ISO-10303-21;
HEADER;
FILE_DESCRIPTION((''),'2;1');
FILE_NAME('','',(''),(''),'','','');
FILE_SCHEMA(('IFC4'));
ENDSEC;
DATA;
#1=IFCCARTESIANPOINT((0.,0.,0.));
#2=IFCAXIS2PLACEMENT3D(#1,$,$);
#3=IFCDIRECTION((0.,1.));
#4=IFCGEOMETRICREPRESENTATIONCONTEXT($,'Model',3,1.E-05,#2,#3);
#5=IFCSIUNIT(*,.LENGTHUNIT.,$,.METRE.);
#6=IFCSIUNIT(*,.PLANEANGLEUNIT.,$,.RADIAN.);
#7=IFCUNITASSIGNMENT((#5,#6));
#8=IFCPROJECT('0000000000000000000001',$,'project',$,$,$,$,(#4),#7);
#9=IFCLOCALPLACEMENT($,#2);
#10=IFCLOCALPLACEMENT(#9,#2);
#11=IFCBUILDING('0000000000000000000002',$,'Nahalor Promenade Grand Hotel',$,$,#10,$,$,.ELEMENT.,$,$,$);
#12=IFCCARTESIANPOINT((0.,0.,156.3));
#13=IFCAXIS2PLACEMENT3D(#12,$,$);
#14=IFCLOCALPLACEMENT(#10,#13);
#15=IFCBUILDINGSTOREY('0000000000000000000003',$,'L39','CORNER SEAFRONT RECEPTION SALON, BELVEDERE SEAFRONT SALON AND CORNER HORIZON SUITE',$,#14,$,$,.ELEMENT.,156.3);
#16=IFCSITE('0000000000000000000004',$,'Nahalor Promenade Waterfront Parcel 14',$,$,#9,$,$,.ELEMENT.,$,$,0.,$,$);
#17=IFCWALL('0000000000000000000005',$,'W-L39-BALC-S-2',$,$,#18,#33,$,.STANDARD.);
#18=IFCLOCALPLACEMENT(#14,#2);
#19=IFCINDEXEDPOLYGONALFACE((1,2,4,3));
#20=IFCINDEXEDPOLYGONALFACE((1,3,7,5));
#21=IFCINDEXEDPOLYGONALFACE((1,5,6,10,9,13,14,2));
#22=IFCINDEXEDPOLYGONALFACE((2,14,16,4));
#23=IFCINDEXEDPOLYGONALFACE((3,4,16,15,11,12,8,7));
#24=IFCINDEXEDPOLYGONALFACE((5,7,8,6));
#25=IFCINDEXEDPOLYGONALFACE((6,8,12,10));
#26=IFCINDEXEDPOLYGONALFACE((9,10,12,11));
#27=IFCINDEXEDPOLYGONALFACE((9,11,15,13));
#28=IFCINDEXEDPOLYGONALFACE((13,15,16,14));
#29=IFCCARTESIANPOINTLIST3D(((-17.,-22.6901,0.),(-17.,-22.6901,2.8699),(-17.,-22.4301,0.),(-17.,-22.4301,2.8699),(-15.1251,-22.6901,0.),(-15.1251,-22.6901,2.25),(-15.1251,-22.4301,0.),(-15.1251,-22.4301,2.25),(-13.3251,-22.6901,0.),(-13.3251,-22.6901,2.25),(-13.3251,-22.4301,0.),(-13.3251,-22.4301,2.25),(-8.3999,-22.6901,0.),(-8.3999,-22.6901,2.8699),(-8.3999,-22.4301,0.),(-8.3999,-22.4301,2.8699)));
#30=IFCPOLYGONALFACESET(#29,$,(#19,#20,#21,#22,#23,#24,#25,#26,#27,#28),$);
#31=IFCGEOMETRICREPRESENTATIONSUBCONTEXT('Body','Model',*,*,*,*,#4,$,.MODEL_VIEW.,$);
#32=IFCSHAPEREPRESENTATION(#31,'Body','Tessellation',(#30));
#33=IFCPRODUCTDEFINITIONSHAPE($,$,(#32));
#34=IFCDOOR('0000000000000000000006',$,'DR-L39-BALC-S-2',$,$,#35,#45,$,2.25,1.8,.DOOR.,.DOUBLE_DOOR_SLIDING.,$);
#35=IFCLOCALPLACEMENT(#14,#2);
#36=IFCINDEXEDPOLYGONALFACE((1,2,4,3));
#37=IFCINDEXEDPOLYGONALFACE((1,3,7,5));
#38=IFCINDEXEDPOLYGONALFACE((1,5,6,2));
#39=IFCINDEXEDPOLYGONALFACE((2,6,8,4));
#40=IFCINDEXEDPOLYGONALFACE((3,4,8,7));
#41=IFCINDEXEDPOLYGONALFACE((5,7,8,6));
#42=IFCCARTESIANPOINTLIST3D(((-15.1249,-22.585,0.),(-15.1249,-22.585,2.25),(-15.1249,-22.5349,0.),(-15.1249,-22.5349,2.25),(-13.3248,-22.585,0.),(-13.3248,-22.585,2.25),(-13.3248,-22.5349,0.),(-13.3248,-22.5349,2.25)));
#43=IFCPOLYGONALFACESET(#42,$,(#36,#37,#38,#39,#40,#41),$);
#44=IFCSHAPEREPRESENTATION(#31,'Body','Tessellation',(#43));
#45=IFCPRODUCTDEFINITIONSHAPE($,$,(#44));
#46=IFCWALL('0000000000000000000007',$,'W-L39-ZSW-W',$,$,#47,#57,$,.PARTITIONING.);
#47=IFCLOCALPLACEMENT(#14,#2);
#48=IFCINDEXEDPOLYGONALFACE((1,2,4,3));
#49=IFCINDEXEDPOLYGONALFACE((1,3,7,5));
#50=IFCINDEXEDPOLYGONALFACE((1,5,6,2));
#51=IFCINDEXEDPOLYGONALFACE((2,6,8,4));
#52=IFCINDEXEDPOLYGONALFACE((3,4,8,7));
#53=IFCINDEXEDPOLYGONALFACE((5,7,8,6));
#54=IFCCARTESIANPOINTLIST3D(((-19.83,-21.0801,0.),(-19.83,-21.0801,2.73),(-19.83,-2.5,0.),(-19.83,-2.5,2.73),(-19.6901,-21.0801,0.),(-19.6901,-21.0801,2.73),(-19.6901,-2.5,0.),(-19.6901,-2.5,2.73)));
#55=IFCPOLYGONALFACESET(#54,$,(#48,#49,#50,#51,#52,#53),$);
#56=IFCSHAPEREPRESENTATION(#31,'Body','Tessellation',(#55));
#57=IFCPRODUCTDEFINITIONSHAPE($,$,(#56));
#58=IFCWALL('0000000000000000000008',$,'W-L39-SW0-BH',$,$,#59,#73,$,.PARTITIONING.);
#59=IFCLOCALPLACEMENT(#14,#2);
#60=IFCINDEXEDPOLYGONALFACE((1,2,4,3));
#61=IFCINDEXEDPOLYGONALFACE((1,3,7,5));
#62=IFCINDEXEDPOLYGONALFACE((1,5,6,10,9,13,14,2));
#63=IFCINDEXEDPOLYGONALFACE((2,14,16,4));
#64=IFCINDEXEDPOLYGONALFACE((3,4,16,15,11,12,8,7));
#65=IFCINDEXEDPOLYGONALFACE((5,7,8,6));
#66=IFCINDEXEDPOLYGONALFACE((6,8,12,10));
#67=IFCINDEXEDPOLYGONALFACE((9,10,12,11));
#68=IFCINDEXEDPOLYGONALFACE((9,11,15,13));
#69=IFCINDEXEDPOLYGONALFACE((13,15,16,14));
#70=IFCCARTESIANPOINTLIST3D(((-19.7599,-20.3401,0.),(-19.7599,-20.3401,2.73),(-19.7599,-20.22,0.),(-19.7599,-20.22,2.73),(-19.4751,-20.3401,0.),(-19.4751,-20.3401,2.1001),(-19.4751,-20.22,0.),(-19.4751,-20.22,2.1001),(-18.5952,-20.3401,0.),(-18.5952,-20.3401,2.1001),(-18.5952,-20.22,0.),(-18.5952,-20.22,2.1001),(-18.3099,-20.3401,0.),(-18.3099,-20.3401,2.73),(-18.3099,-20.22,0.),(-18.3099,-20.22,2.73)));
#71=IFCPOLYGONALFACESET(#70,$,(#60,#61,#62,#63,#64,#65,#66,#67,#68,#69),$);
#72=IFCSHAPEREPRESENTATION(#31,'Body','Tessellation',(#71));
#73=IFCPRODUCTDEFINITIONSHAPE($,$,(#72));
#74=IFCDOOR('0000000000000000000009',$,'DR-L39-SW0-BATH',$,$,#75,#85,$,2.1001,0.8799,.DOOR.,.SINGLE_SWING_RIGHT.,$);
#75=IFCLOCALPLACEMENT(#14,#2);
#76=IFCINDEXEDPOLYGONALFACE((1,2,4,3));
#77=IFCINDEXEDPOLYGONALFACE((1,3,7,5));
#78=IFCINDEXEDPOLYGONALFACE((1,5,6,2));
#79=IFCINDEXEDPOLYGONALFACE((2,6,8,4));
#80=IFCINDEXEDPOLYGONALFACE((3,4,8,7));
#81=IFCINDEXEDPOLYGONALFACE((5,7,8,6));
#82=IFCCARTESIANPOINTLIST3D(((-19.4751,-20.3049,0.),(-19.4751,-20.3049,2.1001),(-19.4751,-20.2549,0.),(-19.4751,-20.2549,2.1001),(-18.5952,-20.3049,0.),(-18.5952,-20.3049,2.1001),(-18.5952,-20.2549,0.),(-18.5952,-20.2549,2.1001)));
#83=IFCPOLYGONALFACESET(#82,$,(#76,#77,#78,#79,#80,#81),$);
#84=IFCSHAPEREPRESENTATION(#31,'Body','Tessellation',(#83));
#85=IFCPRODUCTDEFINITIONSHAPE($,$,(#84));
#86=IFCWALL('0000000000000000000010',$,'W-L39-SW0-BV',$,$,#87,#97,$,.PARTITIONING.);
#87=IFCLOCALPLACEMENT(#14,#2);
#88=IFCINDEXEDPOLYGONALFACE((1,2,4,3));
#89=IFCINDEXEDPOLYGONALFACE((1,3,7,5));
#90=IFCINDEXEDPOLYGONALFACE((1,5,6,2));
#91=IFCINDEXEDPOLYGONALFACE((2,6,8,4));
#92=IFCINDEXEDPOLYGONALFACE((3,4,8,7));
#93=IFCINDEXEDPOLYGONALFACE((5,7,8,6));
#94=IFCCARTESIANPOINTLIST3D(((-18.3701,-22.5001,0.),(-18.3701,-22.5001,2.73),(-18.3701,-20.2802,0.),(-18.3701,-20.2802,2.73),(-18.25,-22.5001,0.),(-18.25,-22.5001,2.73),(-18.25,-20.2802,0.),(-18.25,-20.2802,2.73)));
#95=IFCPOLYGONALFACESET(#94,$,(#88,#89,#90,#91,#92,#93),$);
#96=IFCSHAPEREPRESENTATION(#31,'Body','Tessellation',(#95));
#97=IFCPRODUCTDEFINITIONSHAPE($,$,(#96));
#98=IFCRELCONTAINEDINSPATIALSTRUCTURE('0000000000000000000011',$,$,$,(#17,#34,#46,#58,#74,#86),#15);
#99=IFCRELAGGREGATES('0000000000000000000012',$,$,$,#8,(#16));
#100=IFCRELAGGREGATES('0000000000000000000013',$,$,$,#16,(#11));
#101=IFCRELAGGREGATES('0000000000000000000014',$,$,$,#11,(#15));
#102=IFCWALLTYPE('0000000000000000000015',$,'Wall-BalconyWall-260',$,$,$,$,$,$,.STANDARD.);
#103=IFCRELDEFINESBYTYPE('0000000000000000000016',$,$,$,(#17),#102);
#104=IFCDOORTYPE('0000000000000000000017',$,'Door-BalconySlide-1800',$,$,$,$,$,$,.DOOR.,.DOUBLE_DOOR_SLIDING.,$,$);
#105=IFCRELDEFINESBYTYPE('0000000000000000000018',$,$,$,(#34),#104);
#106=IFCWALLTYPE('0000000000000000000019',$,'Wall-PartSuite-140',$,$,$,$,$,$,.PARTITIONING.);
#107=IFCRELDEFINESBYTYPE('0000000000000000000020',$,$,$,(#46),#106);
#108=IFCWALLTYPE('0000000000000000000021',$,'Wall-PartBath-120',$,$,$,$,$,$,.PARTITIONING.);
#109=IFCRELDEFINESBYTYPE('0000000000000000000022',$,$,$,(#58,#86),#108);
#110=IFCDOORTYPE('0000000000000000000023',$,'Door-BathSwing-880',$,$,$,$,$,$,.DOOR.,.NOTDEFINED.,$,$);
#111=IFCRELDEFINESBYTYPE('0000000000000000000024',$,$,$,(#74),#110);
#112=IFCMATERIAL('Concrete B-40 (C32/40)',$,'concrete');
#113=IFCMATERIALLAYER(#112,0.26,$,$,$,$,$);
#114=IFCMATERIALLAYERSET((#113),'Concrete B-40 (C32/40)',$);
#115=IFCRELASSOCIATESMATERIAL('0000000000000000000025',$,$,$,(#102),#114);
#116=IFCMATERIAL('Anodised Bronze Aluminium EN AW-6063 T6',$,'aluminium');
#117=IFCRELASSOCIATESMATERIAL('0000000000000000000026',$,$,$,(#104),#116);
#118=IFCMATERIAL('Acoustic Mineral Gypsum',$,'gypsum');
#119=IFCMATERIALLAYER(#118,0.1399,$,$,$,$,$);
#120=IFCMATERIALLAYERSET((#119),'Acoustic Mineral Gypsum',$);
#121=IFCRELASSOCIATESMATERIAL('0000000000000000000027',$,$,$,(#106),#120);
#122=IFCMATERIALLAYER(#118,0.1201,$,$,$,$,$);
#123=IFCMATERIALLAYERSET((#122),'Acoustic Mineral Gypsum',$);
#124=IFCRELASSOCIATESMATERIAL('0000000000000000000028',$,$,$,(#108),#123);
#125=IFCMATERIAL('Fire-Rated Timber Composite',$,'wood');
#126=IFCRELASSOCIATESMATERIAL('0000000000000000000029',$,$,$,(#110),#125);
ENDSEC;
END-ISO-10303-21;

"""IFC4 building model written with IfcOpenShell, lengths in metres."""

from ifc_helpers import new_model, si_unit, direction, frame, frame_2d, origin, place, context, subcontext, project, spatial, rectangle, extrude, source, transform, mapped, material, layer, layer_set, type_object, element, fill, save


model = new_model("IFC4")

# Units and contexts
model_context = context("Model", 3, precision=1e-05, world=origin(), true_north=direction((0.0, 1.0)))
body_context = subcontext(model_context, "Body", "Model", "MODEL_VIEW")
ifc_project = project(units=[si_unit("LENGTHUNIT", "METRE"), si_unit("PLANEANGLEUNIT", "RADIAN")], contexts=[model_context])

# Site, building, storey
site_placement = place(None, origin())
site = spatial("IfcSite", under=ifc_project, at=site_placement, Name="Nahalor Promenade Waterfront Parcel 14", CompositionType="ELEMENT", RefElevation=0.0)
building_placement = place(site_placement, origin())
building = spatial("IfcBuilding", under=site, at=building_placement, Name="Nahalor Promenade Grand Hotel", CompositionType="ELEMENT")
storey_placement = place(building_placement, frame((0.0, 0.0, 156.3)))
storey = spatial("IfcBuildingStorey", under=building, at=storey_placement, Name="L39", Description="CORNER SEAFRONT RECEPTION SALON, BELVEDERE SEAFRONT SALON AND CORNER HORIZON SUITE", CompositionType="ELEMENT", Elevation=156.3)

# Shared definitions
ifc_material_1 = material(Name="Anodised Bronze Aluminium EN AW-6063 T6", Category="aluminium")

# Shared definitions
ifc_material_2 = material(Name="Concrete B-40 (C32/40)", Category="concrete")

# Wall, opening, door
ifc_layer_1 = layer(ifc_material_2, 0.26)
ifc_layer_set_1 = layer_set([ifc_layer_1], Name="Concrete B-40 (C32/40)")
wall_type_1 = type_object("IfcWallType", Name="Wall-BalconyWall-260", PredefinedType="STANDARD", material=ifc_layer_set_1)
shared_shape_1 = source(origin(), body_context, "Body", "SweptSolid", [
    extrude(rectangle(XDim=8.6001, YDim=0.26, at=frame_2d((4.3, 0.0))), origin(), (0.0, 0.0, 1.0), 2.8699),
])
wall_1_placement = place(storey_placement, frame((-17.0, -22.5601, 0.0), z_axis=(0.0, 0.0, 1.0), x_axis=(1.0, 0.0, 0.0)))
wall_1 = element("IfcWall", 1, at=wall_1_placement, inside=storey, type_object=wall_type_1, Name="W-L39-BALC-S-2", PredefinedType="STANDARD", context=body_context, shape_type="MappedRepresentation", body=[
    mapped(shared_shape_1, transform((0.0, 0.0, 0.0), scale=1.0)),
])
opening_1_placement = place(wall_1_placement, frame((1.875, 0.0, 0.0)))
opening_1 = element("IfcOpeningElement", 2, at=opening_1_placement, cuts=wall_1, PredefinedType="OPENING", context=body_context, shape_type="SweptSolid", body=[
    extrude(rectangle(XDim=1.8, YDim=2.25, at=frame_2d((0.8999, 1.125))), frame((0.0, 0.1399, 0.0), z_axis=(0.0, -1.0, 0.0), x_axis=(1.0, 0.0, 0.0)), (0.0, 0.0, 1.0), 0.28),
])
door_type_1 = type_object("IfcDoorType", Name="Door-BalconySlide-1800", OperationType="DOUBLE_DOOR_SLIDING", PredefinedType="DOOR", material=ifc_material_1)
shared_shape_2 = source(origin(), body_context, "Body", "SweptSolid", [
    extrude(rectangle(XDim=1.8, YDim=2.25, at=frame_2d((0.8999, 1.125))), frame((0.0, 0.0249, 0.0), z_axis=(0.0, -1.0, 0.0), x_axis=(1.0, 0.0, 0.0)), (0.0, 0.0, 1.0), 0.05),
])
door_1_placement = place(opening_1_placement, frame((1.8, 0.0, 0.0), z_axis=(0.0, 0.0, 1.0), x_axis=(-1.0, 0.0, 0.0)))
door_1 = element("IfcDoor", 3, at=door_1_placement, inside=storey, type_object=door_type_1, Name="DR-L39-BALC-S-2", OperationType="DOUBLE_DOOR_SLIDING", OverallHeight=2.25, OverallWidth=1.8, PredefinedType="DOOR", context=body_context, shape_type="MappedRepresentation", body=[
    mapped(shared_shape_2, transform((0.0, 0.0, 0.0), scale=1.0)),
])
fill(opening_1, door_1)

# Wall
ifc_material_3 = material(Name="Acoustic Mineral Gypsum", Category="gypsum")
ifc_layer_2 = layer(ifc_material_3, 0.1399)
ifc_layer_set_2 = layer_set([ifc_layer_2], Name="Acoustic Mineral Gypsum")
wall_type_2 = type_object("IfcWallType", Name="Wall-PartSuite-140", PredefinedType="PARTITIONING", material=ifc_layer_set_2)
shared_shape_3 = source(origin(), body_context, "Body", "SweptSolid", [
    extrude(rectangle(XDim=18.5801, YDim=0.1399, at=frame_2d((9.29, 0.0))), origin(), (0.0, 0.0, 1.0), 2.73),
])
wall_2_placement = place(storey_placement, frame((-19.76, -21.0801, 0.0), z_axis=(0.0, 0.0, 1.0), x_axis=(0.0, 1.0, 0.0)))
element("IfcWall", 4, at=wall_2_placement, inside=storey, type_object=wall_type_2, Name="W-L39-ZSW-W", PredefinedType="PARTITIONING", context=body_context, shape_type="MappedRepresentation", body=[
    mapped(shared_shape_3, transform((0.0, 0.0, 0.0), scale=1.0)),
])

# Wall, opening, door
ifc_layer_3 = layer(ifc_material_3, 0.1201)
ifc_layer_set_3 = layer_set([ifc_layer_3], Name="Acoustic Mineral Gypsum")
wall_type_3 = type_object("IfcWallType", Name="Wall-PartBath-120", PredefinedType="PARTITIONING", material=ifc_layer_set_3)
shared_shape_4 = source(origin(), body_context, "Body", "SweptSolid", [
    extrude(rectangle(XDim=1.45, YDim=0.1201, at=frame_2d((0.7251, 0.0))), origin(), (0.0, 0.0, 1.0), 2.73),
])
wall_3_placement = place(storey_placement, frame((-19.76, -20.28, 0.0), z_axis=(0.0, 0.0, 1.0), x_axis=(1.0, 0.0, 0.0)))
wall_3 = element("IfcWall", 5, at=wall_3_placement, inside=storey, type_object=wall_type_3, Name="W-L39-SW0-BH", PredefinedType="PARTITIONING", context=body_context, shape_type="MappedRepresentation", body=[
    mapped(shared_shape_4, transform((0.0, 0.0, 0.0), scale=1.0)),
])
opening_2_placement = place(wall_3_placement, frame((0.2849, 0.0, 0.0)))
opening_2 = element("IfcOpeningElement", 6, at=opening_2_placement, cuts=wall_3, PredefinedType="OPENING", context=body_context, shape_type="SweptSolid", body=[
    extrude(rectangle(XDim=0.8799, YDim=2.1001, at=frame_2d((0.4399, 1.05))), frame((0.0, 0.0701, 0.0), z_axis=(0.0, -1.0, 0.0), x_axis=(1.0, 0.0, 0.0)), (0.0, 0.0, 1.0), 0.1401),
])
ifc_material_4 = material(Name="Fire-Rated Timber Composite", Category="wood")
door_type_2 = type_object("IfcDoorType", Name="Door-BathSwing-880", OperationType="NOTDEFINED", PredefinedType="DOOR", material=ifc_material_4)
shared_shape_5 = source(origin(), body_context, "Body", "SweptSolid", [
    extrude(rectangle(XDim=0.8799, YDim=2.1001, at=frame_2d((0.4399, 1.05))), frame((0.0, 0.0249, 0.0), z_axis=(0.0, -1.0, 0.0), x_axis=(1.0, 0.0, 0.0)), (0.0, 0.0, 1.0), 0.05),
])
door_2_placement = place(opening_2_placement, frame((0.8799, 0.0, 0.0), z_axis=(0.0, 0.0, 1.0), x_axis=(-1.0, 0.0, 0.0)))
door_2 = element("IfcDoor", 7, at=door_2_placement, inside=storey, type_object=door_type_2, Name="DR-L39-SW0-BATH", OperationType="SINGLE_SWING_RIGHT", OverallHeight=2.1001, OverallWidth=0.8799, PredefinedType="DOOR", context=body_context, shape_type="MappedRepresentation", body=[
    mapped(shared_shape_5, transform((0.0, 0.0, 0.0), scale=1.0)),
])
fill(opening_2, door_2)

# Wall
shared_shape_6 = source(origin(), body_context, "Body", "SweptSolid", [
    extrude(rectangle(XDim=2.22, YDim=0.1201, at=frame_2d((1.1099, 0.0))), origin(), (0.0, 0.0, 1.0), 2.73),
])
wall_4_placement = place(storey_placement, frame((-18.3101, -22.5, 0.0), z_axis=(0.0, 0.0, 1.0), x_axis=(0.0, 1.0, 0.0)))
element("IfcWall", 8, at=wall_4_placement, inside=storey, type_object=wall_type_3, Name="W-L39-SW0-BV", PredefinedType="PARTITIONING", context=body_context, shape_type="MappedRepresentation", body=[
    mapped(shared_shape_6, transform((0.0, 0.0, 0.0), scale=1.0)),
])

save(model, "model.ifc")
